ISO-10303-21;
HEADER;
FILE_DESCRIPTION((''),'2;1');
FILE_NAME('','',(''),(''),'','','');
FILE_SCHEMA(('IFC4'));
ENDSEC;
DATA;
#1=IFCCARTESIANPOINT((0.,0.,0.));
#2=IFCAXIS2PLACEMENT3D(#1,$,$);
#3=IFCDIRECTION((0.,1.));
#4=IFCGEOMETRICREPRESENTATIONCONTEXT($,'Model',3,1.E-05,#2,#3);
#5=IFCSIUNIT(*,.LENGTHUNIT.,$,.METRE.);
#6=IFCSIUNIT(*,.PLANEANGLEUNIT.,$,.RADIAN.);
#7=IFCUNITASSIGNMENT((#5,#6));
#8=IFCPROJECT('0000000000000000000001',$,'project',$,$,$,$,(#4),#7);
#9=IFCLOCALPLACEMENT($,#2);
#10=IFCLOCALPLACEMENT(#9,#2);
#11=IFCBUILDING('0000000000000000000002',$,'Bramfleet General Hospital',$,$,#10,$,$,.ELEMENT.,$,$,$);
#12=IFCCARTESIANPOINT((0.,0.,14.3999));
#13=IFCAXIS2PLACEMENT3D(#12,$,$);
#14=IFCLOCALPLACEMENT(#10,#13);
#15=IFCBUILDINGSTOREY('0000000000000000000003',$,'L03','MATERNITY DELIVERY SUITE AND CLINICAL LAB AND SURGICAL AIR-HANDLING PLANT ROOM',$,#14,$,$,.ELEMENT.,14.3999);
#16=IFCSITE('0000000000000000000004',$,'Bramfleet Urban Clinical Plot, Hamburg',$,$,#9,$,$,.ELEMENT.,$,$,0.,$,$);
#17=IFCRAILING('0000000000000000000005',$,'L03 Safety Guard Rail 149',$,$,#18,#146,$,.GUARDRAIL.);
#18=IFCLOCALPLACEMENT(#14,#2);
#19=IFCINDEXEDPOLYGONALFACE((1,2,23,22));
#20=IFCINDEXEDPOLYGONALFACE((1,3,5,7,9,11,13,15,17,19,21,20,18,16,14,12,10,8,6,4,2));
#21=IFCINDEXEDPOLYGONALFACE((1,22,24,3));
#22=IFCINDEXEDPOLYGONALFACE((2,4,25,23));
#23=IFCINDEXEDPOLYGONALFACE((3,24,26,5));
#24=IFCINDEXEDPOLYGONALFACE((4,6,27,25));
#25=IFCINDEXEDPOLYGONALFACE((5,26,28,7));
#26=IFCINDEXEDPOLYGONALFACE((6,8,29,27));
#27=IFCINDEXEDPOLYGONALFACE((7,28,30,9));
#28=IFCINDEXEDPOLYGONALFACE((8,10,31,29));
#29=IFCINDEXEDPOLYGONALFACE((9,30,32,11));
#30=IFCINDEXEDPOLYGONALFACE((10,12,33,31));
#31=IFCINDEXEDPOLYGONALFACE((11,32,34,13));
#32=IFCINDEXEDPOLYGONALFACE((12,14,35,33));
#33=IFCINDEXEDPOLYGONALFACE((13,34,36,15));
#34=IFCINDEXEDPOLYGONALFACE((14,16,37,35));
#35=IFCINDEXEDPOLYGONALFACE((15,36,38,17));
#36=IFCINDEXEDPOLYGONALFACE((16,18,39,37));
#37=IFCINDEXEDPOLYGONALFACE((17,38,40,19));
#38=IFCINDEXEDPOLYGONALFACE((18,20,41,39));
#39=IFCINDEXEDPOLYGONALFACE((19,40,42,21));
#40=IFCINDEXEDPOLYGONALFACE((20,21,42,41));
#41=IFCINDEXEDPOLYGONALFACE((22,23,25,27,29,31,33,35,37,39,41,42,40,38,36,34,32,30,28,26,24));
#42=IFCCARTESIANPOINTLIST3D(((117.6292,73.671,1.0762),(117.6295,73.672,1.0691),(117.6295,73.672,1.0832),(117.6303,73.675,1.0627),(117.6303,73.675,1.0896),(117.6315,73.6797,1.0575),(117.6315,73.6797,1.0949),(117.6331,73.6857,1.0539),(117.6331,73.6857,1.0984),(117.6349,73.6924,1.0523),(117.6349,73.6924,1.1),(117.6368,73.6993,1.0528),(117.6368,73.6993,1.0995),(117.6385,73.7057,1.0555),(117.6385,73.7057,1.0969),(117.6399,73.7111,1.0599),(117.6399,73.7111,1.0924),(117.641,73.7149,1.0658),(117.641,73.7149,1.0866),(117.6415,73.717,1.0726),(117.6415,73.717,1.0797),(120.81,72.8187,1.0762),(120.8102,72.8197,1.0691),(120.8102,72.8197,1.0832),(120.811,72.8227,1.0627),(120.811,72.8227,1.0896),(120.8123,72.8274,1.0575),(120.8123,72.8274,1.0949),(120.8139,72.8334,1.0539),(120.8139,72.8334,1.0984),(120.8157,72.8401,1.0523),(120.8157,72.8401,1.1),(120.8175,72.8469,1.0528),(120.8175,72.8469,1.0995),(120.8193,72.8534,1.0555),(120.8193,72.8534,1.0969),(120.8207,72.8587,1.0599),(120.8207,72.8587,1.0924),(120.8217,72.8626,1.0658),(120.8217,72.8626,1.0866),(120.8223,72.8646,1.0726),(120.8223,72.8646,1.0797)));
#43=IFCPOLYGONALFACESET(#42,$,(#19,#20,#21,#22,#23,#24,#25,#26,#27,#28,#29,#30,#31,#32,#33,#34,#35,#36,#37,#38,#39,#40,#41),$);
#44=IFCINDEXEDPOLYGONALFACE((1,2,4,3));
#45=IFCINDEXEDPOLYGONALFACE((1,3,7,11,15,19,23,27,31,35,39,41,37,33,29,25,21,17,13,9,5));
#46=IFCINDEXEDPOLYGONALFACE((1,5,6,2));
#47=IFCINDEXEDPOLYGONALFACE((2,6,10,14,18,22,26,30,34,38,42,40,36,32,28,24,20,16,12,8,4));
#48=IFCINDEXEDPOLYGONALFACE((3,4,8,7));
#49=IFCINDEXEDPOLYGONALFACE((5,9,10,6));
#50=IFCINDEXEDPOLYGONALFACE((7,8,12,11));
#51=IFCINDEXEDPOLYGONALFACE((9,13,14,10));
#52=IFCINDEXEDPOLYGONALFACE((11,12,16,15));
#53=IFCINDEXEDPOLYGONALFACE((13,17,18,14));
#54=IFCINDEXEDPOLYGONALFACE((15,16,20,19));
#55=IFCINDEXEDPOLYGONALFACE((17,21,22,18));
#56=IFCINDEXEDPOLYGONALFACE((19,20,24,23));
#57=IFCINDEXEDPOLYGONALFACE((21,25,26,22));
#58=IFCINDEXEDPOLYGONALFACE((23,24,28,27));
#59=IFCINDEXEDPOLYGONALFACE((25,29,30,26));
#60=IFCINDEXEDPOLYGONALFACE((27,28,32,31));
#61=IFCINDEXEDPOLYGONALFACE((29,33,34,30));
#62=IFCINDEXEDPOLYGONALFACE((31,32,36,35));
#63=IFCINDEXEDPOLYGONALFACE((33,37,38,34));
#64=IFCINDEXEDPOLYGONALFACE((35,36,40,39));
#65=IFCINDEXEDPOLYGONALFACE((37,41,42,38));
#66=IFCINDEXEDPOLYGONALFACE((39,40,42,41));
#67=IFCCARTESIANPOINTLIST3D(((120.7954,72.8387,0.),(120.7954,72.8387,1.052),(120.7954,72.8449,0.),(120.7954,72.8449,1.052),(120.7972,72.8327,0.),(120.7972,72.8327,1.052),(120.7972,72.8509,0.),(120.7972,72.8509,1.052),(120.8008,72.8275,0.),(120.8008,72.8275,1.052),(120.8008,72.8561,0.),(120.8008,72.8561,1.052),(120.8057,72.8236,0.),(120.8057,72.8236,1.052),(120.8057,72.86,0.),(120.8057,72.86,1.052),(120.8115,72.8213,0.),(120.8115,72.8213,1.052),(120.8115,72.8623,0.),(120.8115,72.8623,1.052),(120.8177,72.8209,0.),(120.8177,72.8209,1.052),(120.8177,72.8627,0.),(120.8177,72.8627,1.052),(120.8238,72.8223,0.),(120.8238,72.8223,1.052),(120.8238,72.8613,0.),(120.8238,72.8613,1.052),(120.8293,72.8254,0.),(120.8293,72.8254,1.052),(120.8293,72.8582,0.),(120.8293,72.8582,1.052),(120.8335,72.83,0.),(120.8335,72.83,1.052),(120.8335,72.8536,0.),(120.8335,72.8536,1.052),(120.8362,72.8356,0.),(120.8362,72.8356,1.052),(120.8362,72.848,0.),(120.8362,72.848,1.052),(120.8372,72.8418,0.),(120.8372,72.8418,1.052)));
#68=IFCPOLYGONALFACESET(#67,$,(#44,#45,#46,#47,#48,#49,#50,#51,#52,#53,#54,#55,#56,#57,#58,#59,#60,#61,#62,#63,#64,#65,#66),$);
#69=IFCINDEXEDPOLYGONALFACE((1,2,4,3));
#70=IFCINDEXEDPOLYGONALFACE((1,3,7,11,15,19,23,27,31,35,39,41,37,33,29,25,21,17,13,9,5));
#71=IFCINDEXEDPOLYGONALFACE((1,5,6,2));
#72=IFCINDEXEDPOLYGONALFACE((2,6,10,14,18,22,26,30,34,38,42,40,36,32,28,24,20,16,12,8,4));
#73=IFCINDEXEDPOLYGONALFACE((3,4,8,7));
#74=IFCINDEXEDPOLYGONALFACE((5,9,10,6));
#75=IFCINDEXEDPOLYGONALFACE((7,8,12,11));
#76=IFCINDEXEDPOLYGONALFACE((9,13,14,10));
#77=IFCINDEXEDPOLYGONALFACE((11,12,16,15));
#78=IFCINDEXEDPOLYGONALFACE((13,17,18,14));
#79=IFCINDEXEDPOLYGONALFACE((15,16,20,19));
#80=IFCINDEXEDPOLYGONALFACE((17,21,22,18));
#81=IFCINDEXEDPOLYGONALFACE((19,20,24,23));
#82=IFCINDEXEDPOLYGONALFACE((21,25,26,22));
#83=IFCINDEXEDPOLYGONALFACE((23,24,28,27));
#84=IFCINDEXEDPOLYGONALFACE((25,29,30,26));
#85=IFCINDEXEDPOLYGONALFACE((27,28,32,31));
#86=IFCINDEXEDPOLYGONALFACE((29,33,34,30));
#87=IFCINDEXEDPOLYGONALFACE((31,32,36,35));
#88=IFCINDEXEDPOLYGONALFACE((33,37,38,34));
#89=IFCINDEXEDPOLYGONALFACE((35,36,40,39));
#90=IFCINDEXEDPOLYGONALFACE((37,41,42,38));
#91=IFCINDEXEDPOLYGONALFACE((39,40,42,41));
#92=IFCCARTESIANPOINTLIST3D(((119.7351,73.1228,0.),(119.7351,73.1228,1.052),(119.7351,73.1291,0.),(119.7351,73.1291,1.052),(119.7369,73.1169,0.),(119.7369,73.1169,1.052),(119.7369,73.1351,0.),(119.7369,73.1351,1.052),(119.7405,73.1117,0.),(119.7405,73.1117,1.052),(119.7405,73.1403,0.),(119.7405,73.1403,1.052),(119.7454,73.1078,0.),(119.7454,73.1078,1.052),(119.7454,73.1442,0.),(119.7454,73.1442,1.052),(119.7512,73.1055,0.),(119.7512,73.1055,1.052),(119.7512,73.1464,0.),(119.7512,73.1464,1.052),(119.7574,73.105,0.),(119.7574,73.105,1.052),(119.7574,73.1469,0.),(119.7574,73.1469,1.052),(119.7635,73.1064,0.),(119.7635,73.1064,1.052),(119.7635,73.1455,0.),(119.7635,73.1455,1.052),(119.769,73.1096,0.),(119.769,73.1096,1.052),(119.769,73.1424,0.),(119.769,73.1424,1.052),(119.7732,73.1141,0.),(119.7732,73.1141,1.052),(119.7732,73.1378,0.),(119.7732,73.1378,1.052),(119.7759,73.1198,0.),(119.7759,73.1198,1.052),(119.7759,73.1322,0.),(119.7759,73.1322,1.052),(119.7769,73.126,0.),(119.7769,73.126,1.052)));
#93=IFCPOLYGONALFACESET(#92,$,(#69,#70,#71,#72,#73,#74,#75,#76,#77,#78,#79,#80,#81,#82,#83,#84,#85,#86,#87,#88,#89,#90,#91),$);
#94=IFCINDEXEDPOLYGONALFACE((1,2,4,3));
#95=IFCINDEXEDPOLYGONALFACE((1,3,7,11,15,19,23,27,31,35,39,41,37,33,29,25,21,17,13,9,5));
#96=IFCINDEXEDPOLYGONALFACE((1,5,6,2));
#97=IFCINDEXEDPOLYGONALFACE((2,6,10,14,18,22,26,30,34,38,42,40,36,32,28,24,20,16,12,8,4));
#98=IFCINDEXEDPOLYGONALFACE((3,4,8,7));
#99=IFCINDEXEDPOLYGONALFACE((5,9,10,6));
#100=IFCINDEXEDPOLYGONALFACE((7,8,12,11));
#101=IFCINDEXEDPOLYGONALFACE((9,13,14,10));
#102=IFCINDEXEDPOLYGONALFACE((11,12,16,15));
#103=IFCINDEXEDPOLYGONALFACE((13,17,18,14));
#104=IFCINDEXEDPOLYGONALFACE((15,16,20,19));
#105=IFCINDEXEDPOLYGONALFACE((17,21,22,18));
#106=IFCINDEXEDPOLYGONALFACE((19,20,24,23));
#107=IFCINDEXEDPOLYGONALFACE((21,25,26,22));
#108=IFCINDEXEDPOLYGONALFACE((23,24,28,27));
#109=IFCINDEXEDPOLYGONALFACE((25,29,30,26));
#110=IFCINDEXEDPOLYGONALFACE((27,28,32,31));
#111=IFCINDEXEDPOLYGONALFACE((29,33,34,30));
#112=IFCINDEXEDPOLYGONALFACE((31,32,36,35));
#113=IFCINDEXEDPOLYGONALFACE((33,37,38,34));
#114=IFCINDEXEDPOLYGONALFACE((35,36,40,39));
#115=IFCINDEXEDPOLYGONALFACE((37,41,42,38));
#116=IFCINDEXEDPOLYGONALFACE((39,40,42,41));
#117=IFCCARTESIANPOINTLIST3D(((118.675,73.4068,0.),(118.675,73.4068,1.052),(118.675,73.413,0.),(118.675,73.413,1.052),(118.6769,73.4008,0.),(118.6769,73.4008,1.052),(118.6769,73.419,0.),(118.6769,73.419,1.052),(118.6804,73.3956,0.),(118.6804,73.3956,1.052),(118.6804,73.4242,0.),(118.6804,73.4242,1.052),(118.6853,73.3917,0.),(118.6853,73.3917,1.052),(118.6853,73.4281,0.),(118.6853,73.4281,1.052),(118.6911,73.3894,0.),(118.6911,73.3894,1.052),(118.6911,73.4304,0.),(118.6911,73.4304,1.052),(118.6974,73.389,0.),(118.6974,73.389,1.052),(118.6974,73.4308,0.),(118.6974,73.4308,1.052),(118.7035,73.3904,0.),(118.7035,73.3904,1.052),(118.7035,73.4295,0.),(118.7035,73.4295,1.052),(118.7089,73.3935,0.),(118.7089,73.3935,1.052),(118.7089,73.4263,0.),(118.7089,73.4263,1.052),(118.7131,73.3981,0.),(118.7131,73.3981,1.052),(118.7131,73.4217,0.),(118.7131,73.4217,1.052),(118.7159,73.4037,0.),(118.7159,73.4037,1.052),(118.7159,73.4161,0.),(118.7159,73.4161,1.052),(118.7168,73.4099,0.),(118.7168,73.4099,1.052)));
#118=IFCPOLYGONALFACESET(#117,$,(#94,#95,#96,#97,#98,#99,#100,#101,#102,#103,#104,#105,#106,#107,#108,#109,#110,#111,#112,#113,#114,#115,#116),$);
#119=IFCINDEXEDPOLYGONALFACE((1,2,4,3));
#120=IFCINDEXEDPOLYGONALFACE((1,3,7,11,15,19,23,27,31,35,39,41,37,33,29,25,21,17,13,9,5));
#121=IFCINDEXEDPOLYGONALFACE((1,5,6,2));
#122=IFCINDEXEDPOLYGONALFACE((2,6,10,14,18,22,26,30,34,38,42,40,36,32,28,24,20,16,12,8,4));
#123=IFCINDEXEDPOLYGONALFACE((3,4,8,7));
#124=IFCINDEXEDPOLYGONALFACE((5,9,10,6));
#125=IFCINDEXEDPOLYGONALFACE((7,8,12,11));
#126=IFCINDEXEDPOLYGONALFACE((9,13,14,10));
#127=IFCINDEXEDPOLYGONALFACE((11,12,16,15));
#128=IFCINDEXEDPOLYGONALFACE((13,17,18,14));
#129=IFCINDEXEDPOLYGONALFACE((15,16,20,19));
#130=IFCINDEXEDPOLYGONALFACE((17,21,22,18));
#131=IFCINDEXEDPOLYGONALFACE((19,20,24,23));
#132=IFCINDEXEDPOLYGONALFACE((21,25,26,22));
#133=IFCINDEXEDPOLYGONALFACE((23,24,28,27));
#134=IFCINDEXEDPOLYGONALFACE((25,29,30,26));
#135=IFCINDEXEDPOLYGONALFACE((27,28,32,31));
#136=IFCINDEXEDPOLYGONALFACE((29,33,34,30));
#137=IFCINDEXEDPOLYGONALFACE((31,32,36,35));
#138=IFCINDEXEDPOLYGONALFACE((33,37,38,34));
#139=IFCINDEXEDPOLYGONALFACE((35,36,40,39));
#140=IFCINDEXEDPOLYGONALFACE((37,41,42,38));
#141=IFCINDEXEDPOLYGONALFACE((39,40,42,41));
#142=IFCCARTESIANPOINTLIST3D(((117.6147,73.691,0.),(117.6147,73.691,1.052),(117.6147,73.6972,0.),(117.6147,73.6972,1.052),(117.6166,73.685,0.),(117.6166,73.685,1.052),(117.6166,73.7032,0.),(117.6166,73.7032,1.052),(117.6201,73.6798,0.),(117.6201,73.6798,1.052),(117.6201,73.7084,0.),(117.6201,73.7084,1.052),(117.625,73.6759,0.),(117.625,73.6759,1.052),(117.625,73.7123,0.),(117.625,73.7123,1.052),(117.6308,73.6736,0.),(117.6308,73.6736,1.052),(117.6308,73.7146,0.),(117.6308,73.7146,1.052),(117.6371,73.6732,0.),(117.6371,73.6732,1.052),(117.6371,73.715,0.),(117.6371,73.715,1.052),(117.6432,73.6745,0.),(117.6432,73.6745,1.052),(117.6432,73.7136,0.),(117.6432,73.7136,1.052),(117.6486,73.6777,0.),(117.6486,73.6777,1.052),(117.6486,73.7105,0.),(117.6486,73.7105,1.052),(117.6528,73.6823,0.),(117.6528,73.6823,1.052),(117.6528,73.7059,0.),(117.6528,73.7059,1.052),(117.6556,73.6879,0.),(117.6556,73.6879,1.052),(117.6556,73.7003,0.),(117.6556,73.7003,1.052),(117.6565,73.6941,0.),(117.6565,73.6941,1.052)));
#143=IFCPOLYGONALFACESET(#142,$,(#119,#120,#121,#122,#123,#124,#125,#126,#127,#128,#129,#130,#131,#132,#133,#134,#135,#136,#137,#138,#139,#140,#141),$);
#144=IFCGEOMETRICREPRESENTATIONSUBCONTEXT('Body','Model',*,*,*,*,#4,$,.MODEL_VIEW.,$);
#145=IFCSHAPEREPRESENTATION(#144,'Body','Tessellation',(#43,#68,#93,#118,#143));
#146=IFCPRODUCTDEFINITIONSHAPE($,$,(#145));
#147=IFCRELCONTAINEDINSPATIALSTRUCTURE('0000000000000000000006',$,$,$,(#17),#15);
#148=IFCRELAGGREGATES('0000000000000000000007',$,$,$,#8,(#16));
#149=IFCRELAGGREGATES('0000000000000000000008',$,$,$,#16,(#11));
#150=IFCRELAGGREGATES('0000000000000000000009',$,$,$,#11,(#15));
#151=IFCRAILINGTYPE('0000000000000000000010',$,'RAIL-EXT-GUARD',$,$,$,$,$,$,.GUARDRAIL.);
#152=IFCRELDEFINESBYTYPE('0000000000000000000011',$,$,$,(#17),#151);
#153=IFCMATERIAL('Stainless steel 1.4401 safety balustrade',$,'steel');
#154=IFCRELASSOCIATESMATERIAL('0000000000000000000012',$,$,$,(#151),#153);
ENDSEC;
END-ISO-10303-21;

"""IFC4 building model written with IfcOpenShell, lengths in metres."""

from ifc_helpers import new_model, si_unit, direction, frame, origin, origin_2d, place, context, subcontext, project, spatial, circle, extrude, material, type_object, element, save


model = new_model("IFC4")

# Units and contexts
model_context = context("Model", 3, precision=1e-05, world=origin(), true_north=direction((0.0, 1.0)))
body_context = subcontext(model_context, "Body", "Model", "MODEL_VIEW")
ifc_project = project(units=[si_unit("LENGTHUNIT", "METRE"), si_unit("PLANEANGLEUNIT", "RADIAN")], contexts=[model_context])

# Site, building, storey
site_placement = place(None, origin())
site = spatial("IfcSite", under=ifc_project, at=site_placement, Name="Bramfleet Urban Clinical Plot, Hamburg", CompositionType="ELEMENT", RefElevation=0.0)
building_placement = place(site_placement, origin())
building = spatial("IfcBuilding", under=site, at=building_placement, Name="Bramfleet General Hospital", CompositionType="ELEMENT")
storey_placement = place(building_placement, frame((0.0, 0.0, 14.3999)))
storey = spatial("IfcBuildingStorey", under=building, at=storey_placement, Name="L03", Description="MATERNITY DELIVERY SUITE AND CLINICAL LAB AND SURGICAL AIR-HANDLING PLANT ROOM", CompositionType="ELEMENT", Elevation=14.3999)

# Railing
ifc_material_1 = material(Name="Stainless steel 1.4401 safety balustrade", Category="steel")
railing_type = type_object("IfcRailingType", Name="RAIL-EXT-GUARD", PredefinedType="GUARDRAIL", material=ifc_material_1)
railing_placement = place(storey_placement, frame((120.8162, 72.8418, 0.0)))
element("IfcRailing", 1, at=railing_placement, inside=storey, type_object=railing_type, Name="L03 Safety Guard Rail 149", PredefinedType="GUARDRAIL", context=body_context, shape_type="SweptSolid", body=[
    extrude(circle(Radius=0.0239, at=origin_2d()), frame((0.0, 0.0, 1.0762), z_axis=(-0.965923, 0.25883, 0.0), x_axis=(-0.25883, -0.965923, 0.0)), (0.0, 0.0, 1.0), 3.293),
    extrude(circle(Radius=0.021, at=origin_2d()), origin(), (0.0, 0.0, 1.0), 1.052),
    extrude(circle(Radius=0.021, at=origin_2d()), frame((-1.0603, 0.2842, 0.0)), (0.0, 0.0, 1.0), 1.052),
    extrude(circle(Radius=0.021, at=origin_2d()), frame((-2.1204, 0.5681, 0.0)), (0.0, 0.0, 1.0), 1.052),
    extrude(circle(Radius=0.021, at=origin_2d()), frame((-3.1807, 0.8523, 0.0)), (0.0, 0.0, 1.0), 1.052),
])

save(model, "model.ifc")
